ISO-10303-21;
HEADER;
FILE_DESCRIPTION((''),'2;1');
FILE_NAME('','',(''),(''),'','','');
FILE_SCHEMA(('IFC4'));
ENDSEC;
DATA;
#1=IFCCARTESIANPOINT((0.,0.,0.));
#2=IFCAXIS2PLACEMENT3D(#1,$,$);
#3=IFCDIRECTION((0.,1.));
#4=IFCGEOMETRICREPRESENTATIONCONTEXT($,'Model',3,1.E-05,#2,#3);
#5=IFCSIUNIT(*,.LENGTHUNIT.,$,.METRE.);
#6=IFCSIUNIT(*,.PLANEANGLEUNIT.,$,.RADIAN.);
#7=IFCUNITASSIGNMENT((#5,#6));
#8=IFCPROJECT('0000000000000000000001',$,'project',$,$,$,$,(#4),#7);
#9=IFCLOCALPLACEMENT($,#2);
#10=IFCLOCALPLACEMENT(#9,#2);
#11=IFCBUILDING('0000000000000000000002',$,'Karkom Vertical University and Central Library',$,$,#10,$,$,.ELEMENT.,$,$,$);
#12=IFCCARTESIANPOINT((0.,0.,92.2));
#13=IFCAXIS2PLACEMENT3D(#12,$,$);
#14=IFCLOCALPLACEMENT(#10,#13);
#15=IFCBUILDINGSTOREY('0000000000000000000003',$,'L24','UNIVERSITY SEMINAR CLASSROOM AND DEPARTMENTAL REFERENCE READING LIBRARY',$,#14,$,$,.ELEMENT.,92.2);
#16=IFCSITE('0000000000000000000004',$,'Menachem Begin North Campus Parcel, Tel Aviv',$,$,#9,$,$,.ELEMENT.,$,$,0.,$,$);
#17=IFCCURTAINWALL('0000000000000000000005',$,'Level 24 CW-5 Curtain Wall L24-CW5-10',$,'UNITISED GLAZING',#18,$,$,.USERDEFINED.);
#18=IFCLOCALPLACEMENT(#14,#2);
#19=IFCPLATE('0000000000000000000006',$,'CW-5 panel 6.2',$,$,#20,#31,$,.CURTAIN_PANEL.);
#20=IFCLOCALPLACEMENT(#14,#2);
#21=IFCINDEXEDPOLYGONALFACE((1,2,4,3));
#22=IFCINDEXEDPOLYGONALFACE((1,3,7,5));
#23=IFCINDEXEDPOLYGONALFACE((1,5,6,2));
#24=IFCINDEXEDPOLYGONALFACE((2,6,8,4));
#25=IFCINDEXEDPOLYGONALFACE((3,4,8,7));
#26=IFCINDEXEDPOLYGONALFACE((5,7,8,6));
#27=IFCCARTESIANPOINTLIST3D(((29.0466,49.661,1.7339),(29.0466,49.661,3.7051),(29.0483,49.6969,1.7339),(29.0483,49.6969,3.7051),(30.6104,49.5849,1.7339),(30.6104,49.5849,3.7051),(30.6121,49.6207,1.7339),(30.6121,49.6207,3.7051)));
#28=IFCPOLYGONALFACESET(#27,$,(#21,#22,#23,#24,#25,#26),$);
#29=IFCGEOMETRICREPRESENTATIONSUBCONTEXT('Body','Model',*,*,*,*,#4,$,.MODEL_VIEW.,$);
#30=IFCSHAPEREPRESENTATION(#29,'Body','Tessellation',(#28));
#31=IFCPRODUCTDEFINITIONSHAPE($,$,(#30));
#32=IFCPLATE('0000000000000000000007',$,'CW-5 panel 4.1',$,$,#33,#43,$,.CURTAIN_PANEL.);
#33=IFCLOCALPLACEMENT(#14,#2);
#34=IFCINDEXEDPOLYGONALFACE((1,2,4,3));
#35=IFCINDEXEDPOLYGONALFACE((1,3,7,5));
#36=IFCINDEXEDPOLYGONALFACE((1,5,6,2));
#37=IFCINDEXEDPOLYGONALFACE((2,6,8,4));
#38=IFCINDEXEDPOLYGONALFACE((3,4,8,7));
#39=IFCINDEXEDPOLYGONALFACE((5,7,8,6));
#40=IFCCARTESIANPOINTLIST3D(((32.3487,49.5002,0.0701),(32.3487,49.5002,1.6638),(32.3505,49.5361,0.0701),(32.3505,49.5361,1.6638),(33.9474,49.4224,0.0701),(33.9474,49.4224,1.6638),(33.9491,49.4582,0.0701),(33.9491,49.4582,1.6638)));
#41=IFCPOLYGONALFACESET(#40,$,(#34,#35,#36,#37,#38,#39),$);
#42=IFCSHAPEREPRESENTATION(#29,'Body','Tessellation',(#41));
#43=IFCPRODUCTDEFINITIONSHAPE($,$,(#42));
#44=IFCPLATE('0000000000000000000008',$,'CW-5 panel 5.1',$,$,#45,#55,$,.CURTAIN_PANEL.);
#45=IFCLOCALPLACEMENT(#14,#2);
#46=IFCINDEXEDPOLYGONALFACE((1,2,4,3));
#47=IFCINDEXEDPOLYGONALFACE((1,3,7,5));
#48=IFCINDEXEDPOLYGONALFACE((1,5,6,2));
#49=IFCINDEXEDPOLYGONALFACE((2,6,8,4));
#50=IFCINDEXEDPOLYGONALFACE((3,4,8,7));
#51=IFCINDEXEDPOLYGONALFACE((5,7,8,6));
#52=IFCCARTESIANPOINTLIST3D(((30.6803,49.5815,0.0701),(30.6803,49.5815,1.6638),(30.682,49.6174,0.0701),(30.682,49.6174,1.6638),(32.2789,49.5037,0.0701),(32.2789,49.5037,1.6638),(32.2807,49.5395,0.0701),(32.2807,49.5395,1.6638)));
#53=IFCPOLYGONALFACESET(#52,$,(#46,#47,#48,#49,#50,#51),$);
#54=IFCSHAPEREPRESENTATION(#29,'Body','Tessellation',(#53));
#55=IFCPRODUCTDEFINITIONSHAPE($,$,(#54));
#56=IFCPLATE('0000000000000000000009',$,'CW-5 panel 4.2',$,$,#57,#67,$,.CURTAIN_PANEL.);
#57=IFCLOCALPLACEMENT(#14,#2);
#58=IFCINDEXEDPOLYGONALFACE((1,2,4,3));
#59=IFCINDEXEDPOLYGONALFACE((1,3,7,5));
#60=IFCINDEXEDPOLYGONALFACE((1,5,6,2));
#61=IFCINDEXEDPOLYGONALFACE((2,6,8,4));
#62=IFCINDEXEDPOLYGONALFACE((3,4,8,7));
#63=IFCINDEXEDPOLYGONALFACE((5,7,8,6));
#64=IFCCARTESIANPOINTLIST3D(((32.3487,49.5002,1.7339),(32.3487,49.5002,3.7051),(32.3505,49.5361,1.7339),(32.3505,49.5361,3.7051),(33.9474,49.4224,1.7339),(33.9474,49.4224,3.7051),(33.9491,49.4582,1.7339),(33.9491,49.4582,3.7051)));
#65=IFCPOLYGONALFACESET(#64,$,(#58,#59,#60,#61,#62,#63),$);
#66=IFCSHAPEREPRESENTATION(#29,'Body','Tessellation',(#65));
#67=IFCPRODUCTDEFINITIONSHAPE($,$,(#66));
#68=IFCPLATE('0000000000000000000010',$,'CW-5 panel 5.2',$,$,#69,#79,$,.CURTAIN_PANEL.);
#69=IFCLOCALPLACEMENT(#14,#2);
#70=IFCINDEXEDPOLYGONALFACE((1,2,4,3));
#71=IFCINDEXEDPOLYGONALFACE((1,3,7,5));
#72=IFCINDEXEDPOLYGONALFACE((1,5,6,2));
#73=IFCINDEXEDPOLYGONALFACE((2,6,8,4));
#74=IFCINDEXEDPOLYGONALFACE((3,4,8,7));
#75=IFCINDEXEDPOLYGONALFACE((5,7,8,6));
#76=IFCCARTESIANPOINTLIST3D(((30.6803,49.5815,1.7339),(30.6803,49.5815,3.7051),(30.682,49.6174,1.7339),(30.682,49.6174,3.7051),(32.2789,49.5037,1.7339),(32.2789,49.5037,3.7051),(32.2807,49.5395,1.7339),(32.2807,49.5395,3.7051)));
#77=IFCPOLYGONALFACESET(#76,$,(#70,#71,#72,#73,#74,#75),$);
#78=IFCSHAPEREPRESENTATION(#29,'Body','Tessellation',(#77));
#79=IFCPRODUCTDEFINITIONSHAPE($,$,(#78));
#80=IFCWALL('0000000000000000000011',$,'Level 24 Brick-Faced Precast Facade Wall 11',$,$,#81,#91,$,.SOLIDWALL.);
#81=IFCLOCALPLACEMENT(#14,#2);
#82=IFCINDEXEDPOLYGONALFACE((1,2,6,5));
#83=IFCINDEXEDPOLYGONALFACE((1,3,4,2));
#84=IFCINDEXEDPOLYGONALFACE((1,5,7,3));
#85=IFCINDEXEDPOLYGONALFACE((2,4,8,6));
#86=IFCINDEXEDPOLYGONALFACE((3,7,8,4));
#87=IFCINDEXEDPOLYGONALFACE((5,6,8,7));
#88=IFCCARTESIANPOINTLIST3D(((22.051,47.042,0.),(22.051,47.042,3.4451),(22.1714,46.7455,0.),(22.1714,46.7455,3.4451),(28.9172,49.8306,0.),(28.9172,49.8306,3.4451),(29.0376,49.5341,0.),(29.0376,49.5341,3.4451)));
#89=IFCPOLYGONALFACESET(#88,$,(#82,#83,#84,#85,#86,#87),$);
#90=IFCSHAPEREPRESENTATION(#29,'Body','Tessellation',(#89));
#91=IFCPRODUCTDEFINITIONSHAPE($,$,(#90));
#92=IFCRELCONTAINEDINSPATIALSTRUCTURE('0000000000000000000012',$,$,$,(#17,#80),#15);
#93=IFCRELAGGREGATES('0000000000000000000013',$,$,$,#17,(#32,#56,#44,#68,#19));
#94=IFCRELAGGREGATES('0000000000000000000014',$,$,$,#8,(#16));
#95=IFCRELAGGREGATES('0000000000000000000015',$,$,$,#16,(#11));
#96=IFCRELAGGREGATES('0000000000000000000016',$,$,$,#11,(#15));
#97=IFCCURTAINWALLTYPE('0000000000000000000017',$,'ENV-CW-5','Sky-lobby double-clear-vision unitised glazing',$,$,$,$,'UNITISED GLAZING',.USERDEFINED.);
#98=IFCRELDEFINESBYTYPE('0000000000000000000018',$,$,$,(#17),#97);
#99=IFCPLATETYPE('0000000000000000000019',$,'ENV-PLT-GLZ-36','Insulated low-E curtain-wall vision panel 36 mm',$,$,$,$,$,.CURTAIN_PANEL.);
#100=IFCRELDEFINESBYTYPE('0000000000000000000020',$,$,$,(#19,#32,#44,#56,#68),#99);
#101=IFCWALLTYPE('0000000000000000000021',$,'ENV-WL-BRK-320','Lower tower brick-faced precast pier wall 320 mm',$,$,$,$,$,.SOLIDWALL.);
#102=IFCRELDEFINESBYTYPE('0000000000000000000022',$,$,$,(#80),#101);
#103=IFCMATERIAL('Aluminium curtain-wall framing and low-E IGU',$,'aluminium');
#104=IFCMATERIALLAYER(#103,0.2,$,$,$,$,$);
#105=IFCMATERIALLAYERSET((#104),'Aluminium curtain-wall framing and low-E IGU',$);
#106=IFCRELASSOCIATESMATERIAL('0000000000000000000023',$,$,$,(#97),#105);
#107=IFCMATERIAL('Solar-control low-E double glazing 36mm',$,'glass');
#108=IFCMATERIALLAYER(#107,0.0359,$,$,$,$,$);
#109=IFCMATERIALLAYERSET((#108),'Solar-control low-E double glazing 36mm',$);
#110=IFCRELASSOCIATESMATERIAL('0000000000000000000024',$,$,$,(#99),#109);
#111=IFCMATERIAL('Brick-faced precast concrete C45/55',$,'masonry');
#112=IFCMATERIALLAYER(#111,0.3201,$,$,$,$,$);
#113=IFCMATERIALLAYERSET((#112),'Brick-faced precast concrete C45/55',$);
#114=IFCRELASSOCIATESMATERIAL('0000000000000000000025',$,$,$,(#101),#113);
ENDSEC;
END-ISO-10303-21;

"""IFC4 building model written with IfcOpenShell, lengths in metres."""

from ifc_helpers import new_model, si_unit, direction, frame, frame_2d, origin, origin_with_axes, origin_2d, place, context, subcontext, project, spatial, rectangle, extrude, source, transform, mapped, material, layer, layer_set, type_object, element, aggregate, save


model = new_model("IFC4")

# Units and contexts
model_context = context("Model", 3, precision=1e-05, world=origin(), true_north=direction((0.0, 1.0)))
body_context = subcontext(model_context, "Body", "Model", "MODEL_VIEW")
ifc_project = project(units=[si_unit("LENGTHUNIT", "METRE"), si_unit("PLANEANGLEUNIT", "RADIAN")], contexts=[model_context])

# Site, building, storey
site_placement = place(None, origin())
site = spatial("IfcSite", under=ifc_project, at=site_placement, Name="Menachem Begin North Campus Parcel, Tel Aviv", CompositionType="ELEMENT", RefElevation=0.0)
building_placement = place(site_placement, origin())
building = spatial("IfcBuilding", under=site, at=building_placement, Name="Karkom Vertical University and Central Library", CompositionType="ELEMENT")
storey_placement = place(building_placement, frame((0.0, 0.0, 92.2)))
storey = spatial("IfcBuildingStorey", under=building, at=storey_placement, Name="L24", Description="UNIVERSITY SEMINAR CLASSROOM AND DEPARTMENTAL REFERENCE READING LIBRARY", CompositionType="ELEMENT", Elevation=92.2)

# Curtain wall, plates
ifc_material_1 = material(Name="Aluminium curtain-wall framing and low-E IGU", Category="aluminium")
ifc_layer_1 = layer(ifc_material_1, 0.2)
ifc_layer_set_1 = layer_set([ifc_layer_1], Name="Aluminium curtain-wall framing and low-E IGU")
curtain_wall_type = type_object("IfcCurtainWallType", Name="ENV-CW-5", Description="Sky-lobby double-clear-vision unitised glazing", ElementType="UNITISED GLAZING", PredefinedType="USERDEFINED", material=ifc_layer_set_1)
curtain_wall_placement = place(storey_placement, origin())
curtain_wall = element("IfcCurtainWall", 1, at=curtain_wall_placement, inside=storey, type_object=curtain_wall_type, Name="Level 24 CW-5 Curtain Wall L24-CW5-10", ObjectType="UNITISED GLAZING", PredefinedType="USERDEFINED")
ifc_material_2 = material(Name="Solar-control low-E double glazing 36mm", Category="glass")
ifc_layer_2 = layer(ifc_material_2, 0.0359)
ifc_layer_set_2 = layer_set([ifc_layer_2], Name="Solar-control low-E double glazing 36mm")
plate_type = type_object("IfcPlateType", Name="ENV-PLT-GLZ-36", Description="Insulated low-E curtain-wall vision panel 36 mm", PredefinedType="CURTAIN_PANEL", material=ifc_layer_set_2)
shared_shape_1 = source(origin_with_axes(), body_context, "Body", "SweptSolid", [
    extrude(rectangle(XDim=1.5657, YDim=0.0359, at=origin_2d()), origin(), (0.0, 0.0, 1.0), 1.9712),
])
plate_1_placement = place(storey_placement, frame((29.8293, 49.6409, 1.7339), z_axis=(0.0, 0.0, 1.0), x_axis=(-0.998817, 0.048636, 0.0)))
plate_1 = element("IfcPlate", 2, at=plate_1_placement, type_object=plate_type, Name="CW-5 panel 6.2", PredefinedType="CURTAIN_PANEL", context=body_context, shape_type="MappedRepresentation", body=[
    mapped(shared_shape_1, transform((0.0, 0.0, 0.0), scale=1.0)),
])
shared_shape_2 = source(origin_with_axes(), body_context, "Body", "SweptSolid", [
    extrude(rectangle(XDim=1.6006, YDim=0.0359, at=origin_2d()), origin(), (0.0, 0.0, 1.0), 1.5938),
])
plate_2_placement = place(storey_placement, frame((33.1489, 49.4792, 0.0701), z_axis=(0.0, 0.0, 1.0), x_axis=(-0.998817, 0.048636, 0.0)))
plate_2 = element("IfcPlate", 3, at=plate_2_placement, type_object=plate_type, Name="CW-5 panel 4.1", PredefinedType="CURTAIN_PANEL", context=body_context, shape_type="MappedRepresentation", body=[
    mapped(shared_shape_2, transform((0.0, 0.0, 0.0), scale=1.0)),
])
plate_3_placement = place(storey_placement, frame((31.4805, 49.5605, 0.0701), z_axis=(0.0, 0.0, 1.0), x_axis=(-0.998817, 0.048636, 0.0)))
plate_3 = element("IfcPlate", 4, at=plate_3_placement, type_object=plate_type, Name="CW-5 panel 5.1", PredefinedType="CURTAIN_PANEL", context=body_context, shape_type="MappedRepresentation", body=[
    mapped(shared_shape_2, transform((0.0, 0.0, 0.0), scale=1.0)),
])
shared_shape_3 = source(origin_with_axes(), body_context, "Body", "SweptSolid", [
    extrude(rectangle(XDim=1.6006, YDim=0.0359, at=origin_2d()), origin(), (0.0, 0.0, 1.0), 1.9712),
])
plate_4_placement = place(storey_placement, frame((33.1489, 49.4792, 1.7339), z_axis=(0.0, 0.0, 1.0), x_axis=(-0.998817, 0.048636, 0.0)))
plate_4 = element("IfcPlate", 5, at=plate_4_placement, type_object=plate_type, Name="CW-5 panel 4.2", PredefinedType="CURTAIN_PANEL", context=body_context, shape_type="MappedRepresentation", body=[
    mapped(shared_shape_3, transform((0.0, 0.0, 0.0), scale=1.0)),
])
plate_5_placement = place(storey_placement, frame((31.4805, 49.5605, 1.7339), z_axis=(0.0, 0.0, 1.0), x_axis=(-0.998817, 0.048636, 0.0)))
plate_5 = element("IfcPlate", 6, at=plate_5_placement, type_object=plate_type, Name="CW-5 panel 5.2", PredefinedType="CURTAIN_PANEL", context=body_context, shape_type="MappedRepresentation", body=[
    mapped(shared_shape_3, transform((0.0, 0.0, 0.0), scale=1.0)),
])
aggregate(curtain_wall, [plate_2, plate_4, plate_3, plate_5, plate_1])

# Wall
ifc_material_3 = material(Name="Brick-faced precast concrete C45/55", Category="masonry")
ifc_layer_3 = layer(ifc_material_3, 0.3201)
ifc_layer_set_3 = layer_set([ifc_layer_3], Name="Brick-faced precast concrete C45/55")
wall_type = type_object("IfcWallType", Name="ENV-WL-BRK-320", Description="Lower tower brick-faced precast pier wall 320 mm", PredefinedType="SOLIDWALL", material=ifc_layer_set_3)
wall_placement = place(storey_placement, frame((28.9775, 49.6824, 0.0), z_axis=(0.0, 0.0, 1.0), x_axis=(-0.926505, -0.376282, 0.0)))
element("IfcWall", 7, at=wall_placement, inside=storey, type_object=wall_type, Name="Level 24 Brick-Faced Precast Facade Wall 11", PredefinedType="SOLIDWALL", context=body_context, shape_type="SweptSolid", body=[
    extrude(rectangle(XDim=7.4109, YDim=0.3201, at=frame_2d((3.7056, 0.0))), origin(), (0.0, 0.0, 1.0), 3.4451),
])

save(model, "model.ifc")
